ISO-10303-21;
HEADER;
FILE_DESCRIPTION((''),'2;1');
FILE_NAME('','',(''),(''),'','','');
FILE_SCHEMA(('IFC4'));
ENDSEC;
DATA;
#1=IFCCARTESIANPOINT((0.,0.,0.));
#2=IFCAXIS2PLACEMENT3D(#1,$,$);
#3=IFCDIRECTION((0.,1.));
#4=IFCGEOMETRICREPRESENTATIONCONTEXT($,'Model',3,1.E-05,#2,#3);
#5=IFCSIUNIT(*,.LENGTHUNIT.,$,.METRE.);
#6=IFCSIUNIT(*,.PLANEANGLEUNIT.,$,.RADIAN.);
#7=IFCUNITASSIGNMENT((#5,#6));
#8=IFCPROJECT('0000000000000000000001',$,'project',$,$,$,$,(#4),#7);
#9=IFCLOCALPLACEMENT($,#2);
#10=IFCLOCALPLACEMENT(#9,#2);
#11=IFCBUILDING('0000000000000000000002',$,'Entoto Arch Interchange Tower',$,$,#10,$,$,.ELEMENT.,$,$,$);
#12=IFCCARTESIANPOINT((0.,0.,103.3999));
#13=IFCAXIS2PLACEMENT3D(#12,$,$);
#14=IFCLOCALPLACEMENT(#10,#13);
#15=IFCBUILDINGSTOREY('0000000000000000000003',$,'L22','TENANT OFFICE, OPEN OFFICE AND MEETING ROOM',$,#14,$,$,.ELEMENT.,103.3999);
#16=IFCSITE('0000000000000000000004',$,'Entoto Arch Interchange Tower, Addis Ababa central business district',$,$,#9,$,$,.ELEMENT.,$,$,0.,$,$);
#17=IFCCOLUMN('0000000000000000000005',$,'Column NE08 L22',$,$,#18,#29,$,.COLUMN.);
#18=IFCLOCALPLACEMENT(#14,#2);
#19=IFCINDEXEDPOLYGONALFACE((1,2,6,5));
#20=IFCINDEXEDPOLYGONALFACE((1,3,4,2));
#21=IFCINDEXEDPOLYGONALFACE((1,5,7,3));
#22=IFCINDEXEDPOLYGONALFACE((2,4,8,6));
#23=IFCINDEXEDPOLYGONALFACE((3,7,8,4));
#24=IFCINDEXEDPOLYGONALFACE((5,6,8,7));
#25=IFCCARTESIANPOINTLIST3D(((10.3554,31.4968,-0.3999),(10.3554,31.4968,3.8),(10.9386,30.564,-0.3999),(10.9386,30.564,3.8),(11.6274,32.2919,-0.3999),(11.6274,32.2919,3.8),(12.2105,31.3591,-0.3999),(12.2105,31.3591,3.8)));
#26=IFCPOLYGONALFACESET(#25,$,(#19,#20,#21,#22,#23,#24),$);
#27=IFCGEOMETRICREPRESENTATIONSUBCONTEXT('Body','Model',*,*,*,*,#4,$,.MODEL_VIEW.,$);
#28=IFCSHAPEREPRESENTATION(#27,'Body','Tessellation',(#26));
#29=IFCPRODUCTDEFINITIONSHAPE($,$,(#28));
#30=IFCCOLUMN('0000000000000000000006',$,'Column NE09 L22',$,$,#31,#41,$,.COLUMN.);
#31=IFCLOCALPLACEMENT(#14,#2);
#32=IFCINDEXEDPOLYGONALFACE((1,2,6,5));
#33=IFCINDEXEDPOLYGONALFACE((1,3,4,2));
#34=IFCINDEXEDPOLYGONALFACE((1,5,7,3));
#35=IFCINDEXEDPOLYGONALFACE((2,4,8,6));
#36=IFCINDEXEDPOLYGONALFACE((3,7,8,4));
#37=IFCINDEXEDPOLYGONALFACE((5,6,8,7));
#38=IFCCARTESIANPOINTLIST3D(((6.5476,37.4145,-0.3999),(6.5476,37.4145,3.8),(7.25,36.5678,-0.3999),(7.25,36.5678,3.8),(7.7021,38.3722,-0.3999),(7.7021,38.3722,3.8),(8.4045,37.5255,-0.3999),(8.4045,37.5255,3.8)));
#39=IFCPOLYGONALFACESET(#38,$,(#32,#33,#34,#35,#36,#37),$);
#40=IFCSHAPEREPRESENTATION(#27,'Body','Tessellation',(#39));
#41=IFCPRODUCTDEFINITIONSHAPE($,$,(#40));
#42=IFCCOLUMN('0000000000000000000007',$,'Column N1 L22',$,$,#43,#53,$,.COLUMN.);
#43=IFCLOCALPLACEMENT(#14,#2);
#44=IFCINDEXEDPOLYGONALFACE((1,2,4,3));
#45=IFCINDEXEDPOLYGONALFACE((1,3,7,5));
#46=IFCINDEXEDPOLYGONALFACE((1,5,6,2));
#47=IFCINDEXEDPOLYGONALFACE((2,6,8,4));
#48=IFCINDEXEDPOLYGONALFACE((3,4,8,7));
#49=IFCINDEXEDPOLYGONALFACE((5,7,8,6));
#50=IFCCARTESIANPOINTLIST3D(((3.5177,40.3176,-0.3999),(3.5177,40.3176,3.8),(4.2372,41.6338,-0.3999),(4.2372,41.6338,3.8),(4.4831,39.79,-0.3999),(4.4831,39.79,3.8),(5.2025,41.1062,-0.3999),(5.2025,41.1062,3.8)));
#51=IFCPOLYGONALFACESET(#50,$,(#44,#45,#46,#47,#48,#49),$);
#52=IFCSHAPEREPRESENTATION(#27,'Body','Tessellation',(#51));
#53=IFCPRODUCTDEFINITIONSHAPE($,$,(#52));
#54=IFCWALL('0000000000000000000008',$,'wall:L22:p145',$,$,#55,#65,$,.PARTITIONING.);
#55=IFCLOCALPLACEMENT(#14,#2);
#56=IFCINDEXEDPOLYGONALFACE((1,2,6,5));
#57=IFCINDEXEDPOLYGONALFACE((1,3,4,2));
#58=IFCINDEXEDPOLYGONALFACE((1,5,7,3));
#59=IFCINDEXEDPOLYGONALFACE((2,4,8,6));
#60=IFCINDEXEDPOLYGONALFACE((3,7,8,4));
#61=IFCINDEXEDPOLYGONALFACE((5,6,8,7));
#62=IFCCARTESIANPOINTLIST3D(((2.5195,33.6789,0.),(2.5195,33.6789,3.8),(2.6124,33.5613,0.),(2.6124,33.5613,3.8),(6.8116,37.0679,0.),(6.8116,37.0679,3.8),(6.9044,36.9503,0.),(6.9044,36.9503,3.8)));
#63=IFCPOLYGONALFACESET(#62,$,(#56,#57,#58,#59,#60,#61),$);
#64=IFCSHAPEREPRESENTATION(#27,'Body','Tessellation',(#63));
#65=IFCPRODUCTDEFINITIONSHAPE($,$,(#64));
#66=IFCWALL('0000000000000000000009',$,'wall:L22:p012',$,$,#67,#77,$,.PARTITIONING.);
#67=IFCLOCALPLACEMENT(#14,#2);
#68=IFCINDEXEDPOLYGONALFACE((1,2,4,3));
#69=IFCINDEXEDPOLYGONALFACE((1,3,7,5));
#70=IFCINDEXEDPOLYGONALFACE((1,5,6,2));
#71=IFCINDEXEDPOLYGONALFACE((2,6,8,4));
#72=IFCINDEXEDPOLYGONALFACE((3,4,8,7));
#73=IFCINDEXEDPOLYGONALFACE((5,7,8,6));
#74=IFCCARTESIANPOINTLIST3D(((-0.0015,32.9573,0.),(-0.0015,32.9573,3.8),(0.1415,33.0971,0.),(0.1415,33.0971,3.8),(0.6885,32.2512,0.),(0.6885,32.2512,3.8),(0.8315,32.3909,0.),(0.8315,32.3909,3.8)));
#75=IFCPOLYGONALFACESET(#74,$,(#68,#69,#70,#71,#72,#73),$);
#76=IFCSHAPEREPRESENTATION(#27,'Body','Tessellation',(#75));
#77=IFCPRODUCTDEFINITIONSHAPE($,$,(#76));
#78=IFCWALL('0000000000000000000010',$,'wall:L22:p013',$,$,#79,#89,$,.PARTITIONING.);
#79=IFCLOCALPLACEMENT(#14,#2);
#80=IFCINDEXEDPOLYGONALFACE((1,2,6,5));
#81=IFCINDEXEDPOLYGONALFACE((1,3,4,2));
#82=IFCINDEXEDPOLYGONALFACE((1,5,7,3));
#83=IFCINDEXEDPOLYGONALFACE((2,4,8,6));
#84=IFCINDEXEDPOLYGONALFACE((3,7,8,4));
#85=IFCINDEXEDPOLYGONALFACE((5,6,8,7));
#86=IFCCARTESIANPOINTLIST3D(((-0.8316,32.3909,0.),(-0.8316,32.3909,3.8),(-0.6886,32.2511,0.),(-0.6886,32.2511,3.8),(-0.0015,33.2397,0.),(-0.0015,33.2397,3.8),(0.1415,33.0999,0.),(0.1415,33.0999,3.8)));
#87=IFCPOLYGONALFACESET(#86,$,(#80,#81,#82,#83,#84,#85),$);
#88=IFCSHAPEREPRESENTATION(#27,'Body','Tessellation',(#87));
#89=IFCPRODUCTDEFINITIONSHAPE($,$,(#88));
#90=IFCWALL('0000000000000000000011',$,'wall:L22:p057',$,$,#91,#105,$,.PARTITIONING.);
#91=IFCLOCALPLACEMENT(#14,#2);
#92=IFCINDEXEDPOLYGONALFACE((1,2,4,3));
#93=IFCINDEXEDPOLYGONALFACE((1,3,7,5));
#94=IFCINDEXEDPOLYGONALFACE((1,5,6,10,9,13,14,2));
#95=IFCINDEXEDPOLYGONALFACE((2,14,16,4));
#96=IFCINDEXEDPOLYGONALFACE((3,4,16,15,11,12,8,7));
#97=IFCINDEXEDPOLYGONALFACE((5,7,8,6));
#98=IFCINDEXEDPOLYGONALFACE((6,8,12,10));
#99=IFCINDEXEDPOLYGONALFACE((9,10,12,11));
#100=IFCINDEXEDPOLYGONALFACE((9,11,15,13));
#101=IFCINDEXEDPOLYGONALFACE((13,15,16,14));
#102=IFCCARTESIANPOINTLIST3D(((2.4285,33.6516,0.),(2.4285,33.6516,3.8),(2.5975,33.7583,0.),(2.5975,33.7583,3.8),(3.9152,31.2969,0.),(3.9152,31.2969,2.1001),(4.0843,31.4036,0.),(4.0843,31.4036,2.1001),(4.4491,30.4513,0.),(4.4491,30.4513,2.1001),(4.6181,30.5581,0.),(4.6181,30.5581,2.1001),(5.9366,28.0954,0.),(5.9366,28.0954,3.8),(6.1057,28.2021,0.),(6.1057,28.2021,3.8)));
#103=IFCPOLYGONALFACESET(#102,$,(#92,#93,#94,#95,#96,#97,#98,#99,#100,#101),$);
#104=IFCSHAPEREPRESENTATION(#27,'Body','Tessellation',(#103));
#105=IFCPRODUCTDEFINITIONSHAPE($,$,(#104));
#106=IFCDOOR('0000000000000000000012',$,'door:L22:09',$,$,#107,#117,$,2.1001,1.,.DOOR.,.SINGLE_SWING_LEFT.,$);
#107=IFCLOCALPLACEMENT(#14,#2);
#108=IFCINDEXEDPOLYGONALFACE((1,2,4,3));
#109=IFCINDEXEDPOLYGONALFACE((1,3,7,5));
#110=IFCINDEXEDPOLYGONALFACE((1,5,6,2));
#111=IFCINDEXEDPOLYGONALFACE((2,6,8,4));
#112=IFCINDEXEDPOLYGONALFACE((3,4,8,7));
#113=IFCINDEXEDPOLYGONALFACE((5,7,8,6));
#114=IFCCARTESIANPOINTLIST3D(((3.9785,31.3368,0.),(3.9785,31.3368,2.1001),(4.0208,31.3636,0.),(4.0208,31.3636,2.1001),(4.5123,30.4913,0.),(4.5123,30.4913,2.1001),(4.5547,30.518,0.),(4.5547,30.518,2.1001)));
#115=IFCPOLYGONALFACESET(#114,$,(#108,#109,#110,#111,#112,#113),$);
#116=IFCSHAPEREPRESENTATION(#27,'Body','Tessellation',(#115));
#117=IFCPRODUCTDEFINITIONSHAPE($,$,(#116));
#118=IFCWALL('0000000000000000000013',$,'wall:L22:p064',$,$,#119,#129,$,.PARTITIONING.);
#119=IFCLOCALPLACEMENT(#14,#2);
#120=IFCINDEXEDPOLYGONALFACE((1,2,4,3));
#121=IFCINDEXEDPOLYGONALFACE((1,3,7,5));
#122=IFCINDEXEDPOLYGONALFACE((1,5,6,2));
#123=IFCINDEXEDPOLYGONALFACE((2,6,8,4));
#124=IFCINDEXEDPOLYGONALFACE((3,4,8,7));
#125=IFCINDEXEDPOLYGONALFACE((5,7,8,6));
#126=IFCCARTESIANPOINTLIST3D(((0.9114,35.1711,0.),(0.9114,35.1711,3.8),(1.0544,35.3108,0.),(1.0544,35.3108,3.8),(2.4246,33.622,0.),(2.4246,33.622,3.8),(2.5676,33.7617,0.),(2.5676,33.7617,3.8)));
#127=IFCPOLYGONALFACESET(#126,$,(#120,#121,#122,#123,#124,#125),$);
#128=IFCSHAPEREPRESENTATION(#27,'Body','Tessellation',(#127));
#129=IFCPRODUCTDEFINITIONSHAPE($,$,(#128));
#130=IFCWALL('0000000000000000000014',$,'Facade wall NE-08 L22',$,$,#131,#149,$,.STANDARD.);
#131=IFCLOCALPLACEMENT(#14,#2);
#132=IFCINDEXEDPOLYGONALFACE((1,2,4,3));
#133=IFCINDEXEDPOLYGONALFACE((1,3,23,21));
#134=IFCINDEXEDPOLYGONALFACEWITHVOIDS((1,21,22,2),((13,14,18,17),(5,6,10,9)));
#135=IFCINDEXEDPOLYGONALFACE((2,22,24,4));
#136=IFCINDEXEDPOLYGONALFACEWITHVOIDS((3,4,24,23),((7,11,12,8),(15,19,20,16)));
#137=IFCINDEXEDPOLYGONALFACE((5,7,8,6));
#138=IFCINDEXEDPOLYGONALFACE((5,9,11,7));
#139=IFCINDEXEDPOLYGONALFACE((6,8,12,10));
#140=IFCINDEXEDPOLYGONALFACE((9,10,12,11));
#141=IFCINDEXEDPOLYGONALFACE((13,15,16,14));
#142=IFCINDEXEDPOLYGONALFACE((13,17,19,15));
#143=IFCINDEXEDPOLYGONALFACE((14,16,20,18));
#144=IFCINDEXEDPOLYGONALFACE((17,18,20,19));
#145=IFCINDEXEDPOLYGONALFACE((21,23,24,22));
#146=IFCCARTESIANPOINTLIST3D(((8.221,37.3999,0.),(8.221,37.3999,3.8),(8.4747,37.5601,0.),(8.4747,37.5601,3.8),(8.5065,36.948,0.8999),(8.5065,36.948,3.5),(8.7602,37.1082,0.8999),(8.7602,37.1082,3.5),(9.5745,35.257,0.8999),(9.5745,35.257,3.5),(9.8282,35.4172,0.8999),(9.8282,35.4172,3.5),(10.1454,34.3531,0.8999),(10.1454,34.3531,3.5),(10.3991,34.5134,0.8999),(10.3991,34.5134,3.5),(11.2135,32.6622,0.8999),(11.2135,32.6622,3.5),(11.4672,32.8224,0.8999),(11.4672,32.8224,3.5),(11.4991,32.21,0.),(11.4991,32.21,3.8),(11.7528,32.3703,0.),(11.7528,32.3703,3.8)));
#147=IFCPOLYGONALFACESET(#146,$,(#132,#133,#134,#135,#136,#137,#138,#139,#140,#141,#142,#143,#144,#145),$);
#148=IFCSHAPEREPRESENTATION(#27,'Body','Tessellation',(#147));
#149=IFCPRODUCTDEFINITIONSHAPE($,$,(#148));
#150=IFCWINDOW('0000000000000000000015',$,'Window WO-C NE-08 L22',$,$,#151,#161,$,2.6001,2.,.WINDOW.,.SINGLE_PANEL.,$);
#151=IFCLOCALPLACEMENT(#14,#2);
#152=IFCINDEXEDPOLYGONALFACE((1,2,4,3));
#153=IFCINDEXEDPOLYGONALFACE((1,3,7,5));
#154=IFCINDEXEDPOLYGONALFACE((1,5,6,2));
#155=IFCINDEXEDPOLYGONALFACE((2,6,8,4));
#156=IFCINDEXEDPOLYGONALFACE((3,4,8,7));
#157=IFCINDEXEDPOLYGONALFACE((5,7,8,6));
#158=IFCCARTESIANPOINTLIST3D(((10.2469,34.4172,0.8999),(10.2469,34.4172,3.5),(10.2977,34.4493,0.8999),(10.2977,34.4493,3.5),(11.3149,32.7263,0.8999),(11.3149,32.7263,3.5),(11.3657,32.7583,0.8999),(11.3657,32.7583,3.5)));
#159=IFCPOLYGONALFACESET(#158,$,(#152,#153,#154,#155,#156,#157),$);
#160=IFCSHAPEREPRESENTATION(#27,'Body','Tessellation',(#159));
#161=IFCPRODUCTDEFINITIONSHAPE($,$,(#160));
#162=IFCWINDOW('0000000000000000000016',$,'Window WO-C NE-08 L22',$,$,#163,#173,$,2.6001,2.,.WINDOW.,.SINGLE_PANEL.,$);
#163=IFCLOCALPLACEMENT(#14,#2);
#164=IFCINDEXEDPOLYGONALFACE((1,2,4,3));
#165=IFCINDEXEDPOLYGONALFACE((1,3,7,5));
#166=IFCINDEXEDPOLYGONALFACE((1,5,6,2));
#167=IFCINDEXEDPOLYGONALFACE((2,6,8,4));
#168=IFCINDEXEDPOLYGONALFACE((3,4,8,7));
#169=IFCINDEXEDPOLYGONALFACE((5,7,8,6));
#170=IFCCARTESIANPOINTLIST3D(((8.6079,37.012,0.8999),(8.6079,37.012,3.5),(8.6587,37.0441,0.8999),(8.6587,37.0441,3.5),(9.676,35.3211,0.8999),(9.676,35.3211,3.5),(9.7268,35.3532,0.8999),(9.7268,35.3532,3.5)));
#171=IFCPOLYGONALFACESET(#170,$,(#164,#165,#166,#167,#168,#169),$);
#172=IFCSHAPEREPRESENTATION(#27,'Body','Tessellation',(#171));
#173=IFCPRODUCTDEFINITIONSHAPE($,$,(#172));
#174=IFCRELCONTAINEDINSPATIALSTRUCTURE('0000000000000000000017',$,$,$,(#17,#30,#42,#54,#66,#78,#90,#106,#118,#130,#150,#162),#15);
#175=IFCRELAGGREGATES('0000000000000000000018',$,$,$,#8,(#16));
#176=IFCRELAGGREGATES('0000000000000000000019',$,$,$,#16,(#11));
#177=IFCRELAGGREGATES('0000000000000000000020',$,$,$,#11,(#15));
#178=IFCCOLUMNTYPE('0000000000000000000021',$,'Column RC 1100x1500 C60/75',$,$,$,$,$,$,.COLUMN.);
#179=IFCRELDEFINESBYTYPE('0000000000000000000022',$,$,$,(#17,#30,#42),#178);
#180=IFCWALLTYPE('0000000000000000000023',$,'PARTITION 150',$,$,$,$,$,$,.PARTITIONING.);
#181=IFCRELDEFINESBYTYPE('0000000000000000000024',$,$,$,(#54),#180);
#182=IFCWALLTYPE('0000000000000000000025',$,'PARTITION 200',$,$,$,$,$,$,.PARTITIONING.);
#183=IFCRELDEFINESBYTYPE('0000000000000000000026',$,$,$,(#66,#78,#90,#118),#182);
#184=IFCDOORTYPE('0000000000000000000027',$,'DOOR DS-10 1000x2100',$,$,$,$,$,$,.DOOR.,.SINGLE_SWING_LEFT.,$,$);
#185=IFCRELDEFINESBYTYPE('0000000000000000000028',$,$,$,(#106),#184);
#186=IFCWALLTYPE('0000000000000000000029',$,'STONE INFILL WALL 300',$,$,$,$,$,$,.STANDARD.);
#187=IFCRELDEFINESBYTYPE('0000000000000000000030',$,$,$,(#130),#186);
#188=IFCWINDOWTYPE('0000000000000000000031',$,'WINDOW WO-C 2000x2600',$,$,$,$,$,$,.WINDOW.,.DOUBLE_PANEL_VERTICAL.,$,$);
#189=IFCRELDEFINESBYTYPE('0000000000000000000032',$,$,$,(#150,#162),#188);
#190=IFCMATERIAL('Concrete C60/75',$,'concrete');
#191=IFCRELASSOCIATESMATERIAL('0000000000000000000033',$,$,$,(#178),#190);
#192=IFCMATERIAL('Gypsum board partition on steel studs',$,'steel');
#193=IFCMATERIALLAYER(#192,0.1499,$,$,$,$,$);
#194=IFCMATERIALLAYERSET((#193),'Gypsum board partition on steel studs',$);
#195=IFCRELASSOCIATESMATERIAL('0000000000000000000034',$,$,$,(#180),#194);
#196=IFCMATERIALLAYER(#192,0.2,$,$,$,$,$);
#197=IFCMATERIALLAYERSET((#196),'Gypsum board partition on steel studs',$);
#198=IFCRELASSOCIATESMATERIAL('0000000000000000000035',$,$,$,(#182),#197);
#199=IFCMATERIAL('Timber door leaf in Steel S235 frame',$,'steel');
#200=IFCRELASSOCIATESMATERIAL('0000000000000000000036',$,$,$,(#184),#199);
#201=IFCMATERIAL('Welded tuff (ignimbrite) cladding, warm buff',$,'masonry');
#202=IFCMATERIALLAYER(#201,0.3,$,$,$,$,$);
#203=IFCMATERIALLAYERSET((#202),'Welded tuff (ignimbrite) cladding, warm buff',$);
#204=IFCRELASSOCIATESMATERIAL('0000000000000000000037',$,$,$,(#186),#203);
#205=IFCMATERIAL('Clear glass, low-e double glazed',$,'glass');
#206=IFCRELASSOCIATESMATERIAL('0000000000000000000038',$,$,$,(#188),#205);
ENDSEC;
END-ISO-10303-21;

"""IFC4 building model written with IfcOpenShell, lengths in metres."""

from ifc_helpers import new_model, si_unit, direction, frame, frame_2d, origin, origin_2d, place, context, subcontext, project, spatial, rectangle, extrude, material, layer, layer_set, material_profile, profile_set, type_object, element, fill, save


model = new_model("IFC4")

# Units and contexts
model_context = context("Model", 3, precision=1e-05, world=origin(), true_north=direction((0.0, 1.0)))
body_context = subcontext(model_context, "Body", "Model", "MODEL_VIEW")
ifc_project = project(units=[si_unit("LENGTHUNIT", "METRE"), si_unit("PLANEANGLEUNIT", "RADIAN")], contexts=[model_context])

# Site, building, storey
site_placement = place(None, origin())
site = spatial("IfcSite", under=ifc_project, at=site_placement, Name="Entoto Arch Interchange Tower, Addis Ababa central business district", CompositionType="ELEMENT", RefElevation=0.0)
building_placement = place(site_placement, origin())
building = spatial("IfcBuilding", under=site, at=building_placement, Name="Entoto Arch Interchange Tower", CompositionType="ELEMENT")
storey_placement = place(building_placement, frame((0.0, 0.0, 103.3999)))
storey = spatial("IfcBuildingStorey", under=building, at=storey_placement, Name="L22", Description="TENANT OFFICE, OPEN OFFICE AND MEETING ROOM", CompositionType="ELEMENT", Elevation=103.3999)

# Columns
ifc_material_1 = material(Name="Concrete C60/75", Category="concrete")
ifc_material_profile = material_profile(ifc_material_1, rectangle(XDim=1.1001, YDim=1.5, at=origin_2d()))
ifc_profile_set = profile_set([ifc_material_profile], Name="Concrete C60/75")
column_type = type_object("IfcColumnType", Name="Column RC 1100x1500 C60/75", PredefinedType="COLUMN", material=ifc_profile_set)
for number, where, z_axis, x_axis, name in (
    (1, (11.283, 31.428, -0.3999), (0.0, 0.0, 1.0), (-0.530067, 0.847956, 0.0), "Column NE08 L22"),
    (2, (7.4761, 37.47, -0.3999), (0.0, 0.0, 1.0), (-0.638459, 0.769656, 0.0), "Column NE09 L22"),
    (3, (4.3601, 40.7119, -0.3999), (0.0, 0.0, 1.0), (-0.877481, 0.479611, 0.0), "Column N1 L22"),
):
    element("IfcColumn", number, at=place(storey_placement, frame(where, z_axis=z_axis, x_axis=x_axis)), inside=storey, type_object=column_type, Name=name, PredefinedType="COLUMN", context=body_context, shape_type="SweptSolid", body=[
        extrude(rectangle(XDim=1.1001, YDim=1.5, at=origin_2d()), origin(), (0.0, 0.0, 1.0), 4.2),
    ])

# Walls
ifc_material_2 = material(Name="Gypsum board partition on steel studs", Category="steel")
ifc_layer_1 = layer(ifc_material_2, 0.1499)
ifc_layer_set_1 = layer_set([ifc_layer_1], Name="Gypsum board partition on steel studs")
wall_type_1 = type_object("IfcWallType", Name="PARTITION 150", PredefinedType="PARTITIONING", material=ifc_layer_set_1)
wall_1_placement = place(storey_placement, frame((2.5659, 33.6201, 0.0), z_axis=(0.0, 0.0, 1.0), x_axis=(0.784838, 0.619701, 0.0)))
element("IfcWall", 4, at=wall_1_placement, inside=storey, type_object=wall_type_1, Name="wall:L22:p145", PredefinedType="PARTITIONING", context=body_context, shape_type="SweptSolid", body=[
    extrude(rectangle(XDim=5.4688, YDim=0.1499, at=frame_2d((2.7344, 0.0))), origin(), (0.0, 0.0, 1.0), 3.8),
])
ifc_layer_2 = layer(ifc_material_2, 0.2)
ifc_layer_set_2 = layer_set([ifc_layer_2], Name="Gypsum board partition on steel studs")
wall_type_2 = type_object("IfcWallType", Name="PARTITION 200", PredefinedType="PARTITIONING", material=ifc_layer_set_2)
wall_2_placement = place(storey_placement, frame((0.76, 32.321, 0.0), z_axis=(0.0, 0.0, 1.0), x_axis=(-0.698898, 0.715221, 0.0)))
element("IfcWall", 5, at=wall_2_placement, inside=storey, type_object=wall_type_2, Name="wall:L22:p012", PredefinedType="PARTITIONING", context=body_context, shape_type="SweptSolid", body=[
    extrude(rectangle(XDim=0.9873, YDim=0.2, at=frame_2d((0.4937, 0.0))), origin(), (0.0, 0.0, 1.0), 3.8),
])
wall_3_placement = place(storey_placement, frame((0.0701, 33.1699, 0.0), z_axis=(0.0, 0.0, 1.0), x_axis=(-0.699146, -0.714979, 0.0)))
element("IfcWall", 6, at=wall_3_placement, inside=storey, type_object=wall_type_2, Name="wall:L22:p013", PredefinedType="PARTITIONING", context=body_context, shape_type="SweptSolid", body=[
    extrude(rectangle(XDim=1.1873, YDim=0.2, at=frame_2d((0.5938, 0.0))), origin(), (0.0, 0.0, 1.0), 3.8),
])

# Wall, opening, door
wall_4_placement = place(storey_placement, frame((2.5129, 33.7051, 0.0), z_axis=(0.0, 0.0, 1.0), x_axis=(0.533874, -0.845564, 0.0)))
wall_4 = element("IfcWall", 7, at=wall_4_placement, inside=storey, type_object=wall_type_2, Name="wall:L22:p057", PredefinedType="PARTITIONING", context=body_context, shape_type="SweptSolid", body=[
    extrude(rectangle(XDim=6.571, YDim=0.2, at=frame_2d((3.2856, 0.0))), origin(), (0.0, 0.0, 1.0), 3.8),
])
opening_1_placement = place(wall_4_placement, frame((2.7849, 0.0, 0.0)))
opening_1 = element("IfcOpeningElement", 8, at=opening_1_placement, cuts=wall_4, PredefinedType="OPENING", context=body_context, shape_type="SweptSolid", body=[
    extrude(rectangle(XDim=1.0, YDim=2.1001, at=frame_2d((0.5, 1.05))), frame((0.0, 0.1099, 0.0), z_axis=(0.0, -1.0, 0.0), x_axis=(1.0, 0.0, 0.0)), (0.0, 0.0, 1.0), 0.22),
])
ifc_material_3 = material(Name="Timber door leaf in Steel S235 frame", Category="steel")
door_type = type_object("IfcDoorType", Name="DOOR DS-10 1000x2100", OperationType="SINGLE_SWING_LEFT", PredefinedType="DOOR", material=ifc_material_3)
door_placement = place(opening_1_placement, origin())
door = element("IfcDoor", 9, at=door_placement, inside=storey, type_object=door_type, Name="door:L22:09", OperationType="SINGLE_SWING_LEFT", OverallHeight=2.1001, OverallWidth=1.0, PredefinedType="DOOR", context=body_context, shape_type="SweptSolid", body=[
    extrude(rectangle(XDim=1.0, YDim=2.1001, at=frame_2d((0.5, 1.05))), frame((0.0, 0.0249, 0.0), z_axis=(0.0, -1.0, 0.0), x_axis=(1.0, 0.0, 0.0)), (0.0, 0.0, 1.0), 0.05),
])
fill(opening_1, door)

# Wall
wall_5_placement = place(storey_placement, frame((0.9829, 35.241, 0.0), z_axis=(0.0, 0.0, 1.0), x_axis=(0.698772, -0.715345, 0.0)))
element("IfcWall", 10, at=wall_5_placement, inside=storey, type_object=wall_type_2, Name="wall:L22:p064", PredefinedType="PARTITIONING", context=body_context, shape_type="SweptSolid", body=[
    extrude(rectangle(XDim=2.1655, YDim=0.2, at=frame_2d((1.0828, 0.0))), origin(), (0.0, 0.0, 1.0), 3.8),
])

# Wall, openings, windows
ifc_material_4 = material(Name="Welded tuff (ignimbrite) cladding, warm buff", Category="masonry")
ifc_layer_3 = layer(ifc_material_4, 0.3)
ifc_layer_set_3 = layer_set([ifc_layer_3], Name="Welded tuff (ignimbrite) cladding, warm buff")
wall_type_3 = type_object("IfcWallType", Name="STONE INFILL WALL 300", PredefinedType="STANDARD", material=ifc_layer_set_3)
wall_6_placement = place(storey_placement, frame((11.626, 32.29, 0.0), z_axis=(0.0, 0.0, 1.0), x_axis=(-0.534018, 0.845473, 0.0)))
wall_6 = element("IfcWall", 11, at=wall_6_placement, inside=storey, type_object=wall_type_3, Name="Facade wall NE-08 L22", PredefinedType="STANDARD", context=body_context, shape_type="SweptSolid", body=[
    extrude(rectangle(XDim=6.1384, YDim=0.3, at=frame_2d((3.0693, 0.0))), origin(), (0.0, 0.0, 1.0), 3.8),
])
opening_2_placement = place(wall_6_placement, frame((0.5349, 0.0, 0.8999)))
opening_2 = element("IfcOpeningElement", 12, at=opening_2_placement, cuts=wall_6, PredefinedType="OPENING", context=body_context, shape_type="SweptSolid", body=[
    extrude(rectangle(XDim=2.0, YDim=2.6001, at=frame_2d((1.0, 1.3))), frame((0.0, 0.1602, 0.0), z_axis=(0.0, -1.0, 0.0), x_axis=(1.0, 0.0, 0.0)), (0.0, 0.0, 1.0), 0.3201),
])
opening_3_placement = place(wall_6_placement, frame((3.604, 0.0, 0.8999)))
opening_3 = element("IfcOpeningElement", 13, at=opening_3_placement, cuts=wall_6, PredefinedType="OPENING", context=body_context, shape_type="SweptSolid", body=[
    extrude(rectangle(XDim=2.0, YDim=2.6001, at=frame_2d((1.0, 1.3))), frame((0.0, 0.1602, 0.0), z_axis=(0.0, -1.0, 0.0), x_axis=(1.0, 0.0, 0.0)), (0.0, 0.0, 1.0), 0.3201),
])
ifc_material_5 = material(Name="Clear glass, low-e double glazed", Category="glass")
window_type_1 = type_object("IfcWindowType", Name="WINDOW WO-C 2000x2600", PartitioningType="DOUBLE_PANEL_VERTICAL", PredefinedType="WINDOW", material=ifc_material_5)
window_1_placement = place(opening_2_placement, origin())
window_1 = element("IfcWindow", 14, at=window_1_placement, inside=storey, type_object=window_type_1, Name="Window WO-C NE-08 L22", OverallHeight=2.6001, OverallWidth=2.0, PartitioningType="SINGLE_PANEL", PredefinedType="WINDOW", context=body_context, shape_type="SweptSolid", body=[
    extrude(rectangle(XDim=2.0, YDim=2.6001, at=frame_2d((1.0, 1.3))), frame((0.0, 0.03, 0.0), z_axis=(0.0, -1.0, 0.0), x_axis=(1.0, 0.0, 0.0)), (0.0, 0.0, 1.0), 0.0601),
])
fill(opening_2, window_1)
window_2_placement = place(opening_3_placement, origin())
window_2 = element("IfcWindow", 15, at=window_2_placement, inside=storey, type_object=window_type_1, Name="Window WO-C NE-08 L22", OverallHeight=2.6001, OverallWidth=2.0, PartitioningType="SINGLE_PANEL", PredefinedType="WINDOW", context=body_context, shape_type="SweptSolid", body=[
    extrude(rectangle(XDim=2.0, YDim=2.6001, at=frame_2d((1.0, 1.3))), frame((0.0, 0.03, 0.0), z_axis=(0.0, -1.0, 0.0), x_axis=(1.0, 0.0, 0.0)), (0.0, 0.0, 1.0), 0.0601),
])
fill(opening_3, window_2)

save(model, "model.ifc")
